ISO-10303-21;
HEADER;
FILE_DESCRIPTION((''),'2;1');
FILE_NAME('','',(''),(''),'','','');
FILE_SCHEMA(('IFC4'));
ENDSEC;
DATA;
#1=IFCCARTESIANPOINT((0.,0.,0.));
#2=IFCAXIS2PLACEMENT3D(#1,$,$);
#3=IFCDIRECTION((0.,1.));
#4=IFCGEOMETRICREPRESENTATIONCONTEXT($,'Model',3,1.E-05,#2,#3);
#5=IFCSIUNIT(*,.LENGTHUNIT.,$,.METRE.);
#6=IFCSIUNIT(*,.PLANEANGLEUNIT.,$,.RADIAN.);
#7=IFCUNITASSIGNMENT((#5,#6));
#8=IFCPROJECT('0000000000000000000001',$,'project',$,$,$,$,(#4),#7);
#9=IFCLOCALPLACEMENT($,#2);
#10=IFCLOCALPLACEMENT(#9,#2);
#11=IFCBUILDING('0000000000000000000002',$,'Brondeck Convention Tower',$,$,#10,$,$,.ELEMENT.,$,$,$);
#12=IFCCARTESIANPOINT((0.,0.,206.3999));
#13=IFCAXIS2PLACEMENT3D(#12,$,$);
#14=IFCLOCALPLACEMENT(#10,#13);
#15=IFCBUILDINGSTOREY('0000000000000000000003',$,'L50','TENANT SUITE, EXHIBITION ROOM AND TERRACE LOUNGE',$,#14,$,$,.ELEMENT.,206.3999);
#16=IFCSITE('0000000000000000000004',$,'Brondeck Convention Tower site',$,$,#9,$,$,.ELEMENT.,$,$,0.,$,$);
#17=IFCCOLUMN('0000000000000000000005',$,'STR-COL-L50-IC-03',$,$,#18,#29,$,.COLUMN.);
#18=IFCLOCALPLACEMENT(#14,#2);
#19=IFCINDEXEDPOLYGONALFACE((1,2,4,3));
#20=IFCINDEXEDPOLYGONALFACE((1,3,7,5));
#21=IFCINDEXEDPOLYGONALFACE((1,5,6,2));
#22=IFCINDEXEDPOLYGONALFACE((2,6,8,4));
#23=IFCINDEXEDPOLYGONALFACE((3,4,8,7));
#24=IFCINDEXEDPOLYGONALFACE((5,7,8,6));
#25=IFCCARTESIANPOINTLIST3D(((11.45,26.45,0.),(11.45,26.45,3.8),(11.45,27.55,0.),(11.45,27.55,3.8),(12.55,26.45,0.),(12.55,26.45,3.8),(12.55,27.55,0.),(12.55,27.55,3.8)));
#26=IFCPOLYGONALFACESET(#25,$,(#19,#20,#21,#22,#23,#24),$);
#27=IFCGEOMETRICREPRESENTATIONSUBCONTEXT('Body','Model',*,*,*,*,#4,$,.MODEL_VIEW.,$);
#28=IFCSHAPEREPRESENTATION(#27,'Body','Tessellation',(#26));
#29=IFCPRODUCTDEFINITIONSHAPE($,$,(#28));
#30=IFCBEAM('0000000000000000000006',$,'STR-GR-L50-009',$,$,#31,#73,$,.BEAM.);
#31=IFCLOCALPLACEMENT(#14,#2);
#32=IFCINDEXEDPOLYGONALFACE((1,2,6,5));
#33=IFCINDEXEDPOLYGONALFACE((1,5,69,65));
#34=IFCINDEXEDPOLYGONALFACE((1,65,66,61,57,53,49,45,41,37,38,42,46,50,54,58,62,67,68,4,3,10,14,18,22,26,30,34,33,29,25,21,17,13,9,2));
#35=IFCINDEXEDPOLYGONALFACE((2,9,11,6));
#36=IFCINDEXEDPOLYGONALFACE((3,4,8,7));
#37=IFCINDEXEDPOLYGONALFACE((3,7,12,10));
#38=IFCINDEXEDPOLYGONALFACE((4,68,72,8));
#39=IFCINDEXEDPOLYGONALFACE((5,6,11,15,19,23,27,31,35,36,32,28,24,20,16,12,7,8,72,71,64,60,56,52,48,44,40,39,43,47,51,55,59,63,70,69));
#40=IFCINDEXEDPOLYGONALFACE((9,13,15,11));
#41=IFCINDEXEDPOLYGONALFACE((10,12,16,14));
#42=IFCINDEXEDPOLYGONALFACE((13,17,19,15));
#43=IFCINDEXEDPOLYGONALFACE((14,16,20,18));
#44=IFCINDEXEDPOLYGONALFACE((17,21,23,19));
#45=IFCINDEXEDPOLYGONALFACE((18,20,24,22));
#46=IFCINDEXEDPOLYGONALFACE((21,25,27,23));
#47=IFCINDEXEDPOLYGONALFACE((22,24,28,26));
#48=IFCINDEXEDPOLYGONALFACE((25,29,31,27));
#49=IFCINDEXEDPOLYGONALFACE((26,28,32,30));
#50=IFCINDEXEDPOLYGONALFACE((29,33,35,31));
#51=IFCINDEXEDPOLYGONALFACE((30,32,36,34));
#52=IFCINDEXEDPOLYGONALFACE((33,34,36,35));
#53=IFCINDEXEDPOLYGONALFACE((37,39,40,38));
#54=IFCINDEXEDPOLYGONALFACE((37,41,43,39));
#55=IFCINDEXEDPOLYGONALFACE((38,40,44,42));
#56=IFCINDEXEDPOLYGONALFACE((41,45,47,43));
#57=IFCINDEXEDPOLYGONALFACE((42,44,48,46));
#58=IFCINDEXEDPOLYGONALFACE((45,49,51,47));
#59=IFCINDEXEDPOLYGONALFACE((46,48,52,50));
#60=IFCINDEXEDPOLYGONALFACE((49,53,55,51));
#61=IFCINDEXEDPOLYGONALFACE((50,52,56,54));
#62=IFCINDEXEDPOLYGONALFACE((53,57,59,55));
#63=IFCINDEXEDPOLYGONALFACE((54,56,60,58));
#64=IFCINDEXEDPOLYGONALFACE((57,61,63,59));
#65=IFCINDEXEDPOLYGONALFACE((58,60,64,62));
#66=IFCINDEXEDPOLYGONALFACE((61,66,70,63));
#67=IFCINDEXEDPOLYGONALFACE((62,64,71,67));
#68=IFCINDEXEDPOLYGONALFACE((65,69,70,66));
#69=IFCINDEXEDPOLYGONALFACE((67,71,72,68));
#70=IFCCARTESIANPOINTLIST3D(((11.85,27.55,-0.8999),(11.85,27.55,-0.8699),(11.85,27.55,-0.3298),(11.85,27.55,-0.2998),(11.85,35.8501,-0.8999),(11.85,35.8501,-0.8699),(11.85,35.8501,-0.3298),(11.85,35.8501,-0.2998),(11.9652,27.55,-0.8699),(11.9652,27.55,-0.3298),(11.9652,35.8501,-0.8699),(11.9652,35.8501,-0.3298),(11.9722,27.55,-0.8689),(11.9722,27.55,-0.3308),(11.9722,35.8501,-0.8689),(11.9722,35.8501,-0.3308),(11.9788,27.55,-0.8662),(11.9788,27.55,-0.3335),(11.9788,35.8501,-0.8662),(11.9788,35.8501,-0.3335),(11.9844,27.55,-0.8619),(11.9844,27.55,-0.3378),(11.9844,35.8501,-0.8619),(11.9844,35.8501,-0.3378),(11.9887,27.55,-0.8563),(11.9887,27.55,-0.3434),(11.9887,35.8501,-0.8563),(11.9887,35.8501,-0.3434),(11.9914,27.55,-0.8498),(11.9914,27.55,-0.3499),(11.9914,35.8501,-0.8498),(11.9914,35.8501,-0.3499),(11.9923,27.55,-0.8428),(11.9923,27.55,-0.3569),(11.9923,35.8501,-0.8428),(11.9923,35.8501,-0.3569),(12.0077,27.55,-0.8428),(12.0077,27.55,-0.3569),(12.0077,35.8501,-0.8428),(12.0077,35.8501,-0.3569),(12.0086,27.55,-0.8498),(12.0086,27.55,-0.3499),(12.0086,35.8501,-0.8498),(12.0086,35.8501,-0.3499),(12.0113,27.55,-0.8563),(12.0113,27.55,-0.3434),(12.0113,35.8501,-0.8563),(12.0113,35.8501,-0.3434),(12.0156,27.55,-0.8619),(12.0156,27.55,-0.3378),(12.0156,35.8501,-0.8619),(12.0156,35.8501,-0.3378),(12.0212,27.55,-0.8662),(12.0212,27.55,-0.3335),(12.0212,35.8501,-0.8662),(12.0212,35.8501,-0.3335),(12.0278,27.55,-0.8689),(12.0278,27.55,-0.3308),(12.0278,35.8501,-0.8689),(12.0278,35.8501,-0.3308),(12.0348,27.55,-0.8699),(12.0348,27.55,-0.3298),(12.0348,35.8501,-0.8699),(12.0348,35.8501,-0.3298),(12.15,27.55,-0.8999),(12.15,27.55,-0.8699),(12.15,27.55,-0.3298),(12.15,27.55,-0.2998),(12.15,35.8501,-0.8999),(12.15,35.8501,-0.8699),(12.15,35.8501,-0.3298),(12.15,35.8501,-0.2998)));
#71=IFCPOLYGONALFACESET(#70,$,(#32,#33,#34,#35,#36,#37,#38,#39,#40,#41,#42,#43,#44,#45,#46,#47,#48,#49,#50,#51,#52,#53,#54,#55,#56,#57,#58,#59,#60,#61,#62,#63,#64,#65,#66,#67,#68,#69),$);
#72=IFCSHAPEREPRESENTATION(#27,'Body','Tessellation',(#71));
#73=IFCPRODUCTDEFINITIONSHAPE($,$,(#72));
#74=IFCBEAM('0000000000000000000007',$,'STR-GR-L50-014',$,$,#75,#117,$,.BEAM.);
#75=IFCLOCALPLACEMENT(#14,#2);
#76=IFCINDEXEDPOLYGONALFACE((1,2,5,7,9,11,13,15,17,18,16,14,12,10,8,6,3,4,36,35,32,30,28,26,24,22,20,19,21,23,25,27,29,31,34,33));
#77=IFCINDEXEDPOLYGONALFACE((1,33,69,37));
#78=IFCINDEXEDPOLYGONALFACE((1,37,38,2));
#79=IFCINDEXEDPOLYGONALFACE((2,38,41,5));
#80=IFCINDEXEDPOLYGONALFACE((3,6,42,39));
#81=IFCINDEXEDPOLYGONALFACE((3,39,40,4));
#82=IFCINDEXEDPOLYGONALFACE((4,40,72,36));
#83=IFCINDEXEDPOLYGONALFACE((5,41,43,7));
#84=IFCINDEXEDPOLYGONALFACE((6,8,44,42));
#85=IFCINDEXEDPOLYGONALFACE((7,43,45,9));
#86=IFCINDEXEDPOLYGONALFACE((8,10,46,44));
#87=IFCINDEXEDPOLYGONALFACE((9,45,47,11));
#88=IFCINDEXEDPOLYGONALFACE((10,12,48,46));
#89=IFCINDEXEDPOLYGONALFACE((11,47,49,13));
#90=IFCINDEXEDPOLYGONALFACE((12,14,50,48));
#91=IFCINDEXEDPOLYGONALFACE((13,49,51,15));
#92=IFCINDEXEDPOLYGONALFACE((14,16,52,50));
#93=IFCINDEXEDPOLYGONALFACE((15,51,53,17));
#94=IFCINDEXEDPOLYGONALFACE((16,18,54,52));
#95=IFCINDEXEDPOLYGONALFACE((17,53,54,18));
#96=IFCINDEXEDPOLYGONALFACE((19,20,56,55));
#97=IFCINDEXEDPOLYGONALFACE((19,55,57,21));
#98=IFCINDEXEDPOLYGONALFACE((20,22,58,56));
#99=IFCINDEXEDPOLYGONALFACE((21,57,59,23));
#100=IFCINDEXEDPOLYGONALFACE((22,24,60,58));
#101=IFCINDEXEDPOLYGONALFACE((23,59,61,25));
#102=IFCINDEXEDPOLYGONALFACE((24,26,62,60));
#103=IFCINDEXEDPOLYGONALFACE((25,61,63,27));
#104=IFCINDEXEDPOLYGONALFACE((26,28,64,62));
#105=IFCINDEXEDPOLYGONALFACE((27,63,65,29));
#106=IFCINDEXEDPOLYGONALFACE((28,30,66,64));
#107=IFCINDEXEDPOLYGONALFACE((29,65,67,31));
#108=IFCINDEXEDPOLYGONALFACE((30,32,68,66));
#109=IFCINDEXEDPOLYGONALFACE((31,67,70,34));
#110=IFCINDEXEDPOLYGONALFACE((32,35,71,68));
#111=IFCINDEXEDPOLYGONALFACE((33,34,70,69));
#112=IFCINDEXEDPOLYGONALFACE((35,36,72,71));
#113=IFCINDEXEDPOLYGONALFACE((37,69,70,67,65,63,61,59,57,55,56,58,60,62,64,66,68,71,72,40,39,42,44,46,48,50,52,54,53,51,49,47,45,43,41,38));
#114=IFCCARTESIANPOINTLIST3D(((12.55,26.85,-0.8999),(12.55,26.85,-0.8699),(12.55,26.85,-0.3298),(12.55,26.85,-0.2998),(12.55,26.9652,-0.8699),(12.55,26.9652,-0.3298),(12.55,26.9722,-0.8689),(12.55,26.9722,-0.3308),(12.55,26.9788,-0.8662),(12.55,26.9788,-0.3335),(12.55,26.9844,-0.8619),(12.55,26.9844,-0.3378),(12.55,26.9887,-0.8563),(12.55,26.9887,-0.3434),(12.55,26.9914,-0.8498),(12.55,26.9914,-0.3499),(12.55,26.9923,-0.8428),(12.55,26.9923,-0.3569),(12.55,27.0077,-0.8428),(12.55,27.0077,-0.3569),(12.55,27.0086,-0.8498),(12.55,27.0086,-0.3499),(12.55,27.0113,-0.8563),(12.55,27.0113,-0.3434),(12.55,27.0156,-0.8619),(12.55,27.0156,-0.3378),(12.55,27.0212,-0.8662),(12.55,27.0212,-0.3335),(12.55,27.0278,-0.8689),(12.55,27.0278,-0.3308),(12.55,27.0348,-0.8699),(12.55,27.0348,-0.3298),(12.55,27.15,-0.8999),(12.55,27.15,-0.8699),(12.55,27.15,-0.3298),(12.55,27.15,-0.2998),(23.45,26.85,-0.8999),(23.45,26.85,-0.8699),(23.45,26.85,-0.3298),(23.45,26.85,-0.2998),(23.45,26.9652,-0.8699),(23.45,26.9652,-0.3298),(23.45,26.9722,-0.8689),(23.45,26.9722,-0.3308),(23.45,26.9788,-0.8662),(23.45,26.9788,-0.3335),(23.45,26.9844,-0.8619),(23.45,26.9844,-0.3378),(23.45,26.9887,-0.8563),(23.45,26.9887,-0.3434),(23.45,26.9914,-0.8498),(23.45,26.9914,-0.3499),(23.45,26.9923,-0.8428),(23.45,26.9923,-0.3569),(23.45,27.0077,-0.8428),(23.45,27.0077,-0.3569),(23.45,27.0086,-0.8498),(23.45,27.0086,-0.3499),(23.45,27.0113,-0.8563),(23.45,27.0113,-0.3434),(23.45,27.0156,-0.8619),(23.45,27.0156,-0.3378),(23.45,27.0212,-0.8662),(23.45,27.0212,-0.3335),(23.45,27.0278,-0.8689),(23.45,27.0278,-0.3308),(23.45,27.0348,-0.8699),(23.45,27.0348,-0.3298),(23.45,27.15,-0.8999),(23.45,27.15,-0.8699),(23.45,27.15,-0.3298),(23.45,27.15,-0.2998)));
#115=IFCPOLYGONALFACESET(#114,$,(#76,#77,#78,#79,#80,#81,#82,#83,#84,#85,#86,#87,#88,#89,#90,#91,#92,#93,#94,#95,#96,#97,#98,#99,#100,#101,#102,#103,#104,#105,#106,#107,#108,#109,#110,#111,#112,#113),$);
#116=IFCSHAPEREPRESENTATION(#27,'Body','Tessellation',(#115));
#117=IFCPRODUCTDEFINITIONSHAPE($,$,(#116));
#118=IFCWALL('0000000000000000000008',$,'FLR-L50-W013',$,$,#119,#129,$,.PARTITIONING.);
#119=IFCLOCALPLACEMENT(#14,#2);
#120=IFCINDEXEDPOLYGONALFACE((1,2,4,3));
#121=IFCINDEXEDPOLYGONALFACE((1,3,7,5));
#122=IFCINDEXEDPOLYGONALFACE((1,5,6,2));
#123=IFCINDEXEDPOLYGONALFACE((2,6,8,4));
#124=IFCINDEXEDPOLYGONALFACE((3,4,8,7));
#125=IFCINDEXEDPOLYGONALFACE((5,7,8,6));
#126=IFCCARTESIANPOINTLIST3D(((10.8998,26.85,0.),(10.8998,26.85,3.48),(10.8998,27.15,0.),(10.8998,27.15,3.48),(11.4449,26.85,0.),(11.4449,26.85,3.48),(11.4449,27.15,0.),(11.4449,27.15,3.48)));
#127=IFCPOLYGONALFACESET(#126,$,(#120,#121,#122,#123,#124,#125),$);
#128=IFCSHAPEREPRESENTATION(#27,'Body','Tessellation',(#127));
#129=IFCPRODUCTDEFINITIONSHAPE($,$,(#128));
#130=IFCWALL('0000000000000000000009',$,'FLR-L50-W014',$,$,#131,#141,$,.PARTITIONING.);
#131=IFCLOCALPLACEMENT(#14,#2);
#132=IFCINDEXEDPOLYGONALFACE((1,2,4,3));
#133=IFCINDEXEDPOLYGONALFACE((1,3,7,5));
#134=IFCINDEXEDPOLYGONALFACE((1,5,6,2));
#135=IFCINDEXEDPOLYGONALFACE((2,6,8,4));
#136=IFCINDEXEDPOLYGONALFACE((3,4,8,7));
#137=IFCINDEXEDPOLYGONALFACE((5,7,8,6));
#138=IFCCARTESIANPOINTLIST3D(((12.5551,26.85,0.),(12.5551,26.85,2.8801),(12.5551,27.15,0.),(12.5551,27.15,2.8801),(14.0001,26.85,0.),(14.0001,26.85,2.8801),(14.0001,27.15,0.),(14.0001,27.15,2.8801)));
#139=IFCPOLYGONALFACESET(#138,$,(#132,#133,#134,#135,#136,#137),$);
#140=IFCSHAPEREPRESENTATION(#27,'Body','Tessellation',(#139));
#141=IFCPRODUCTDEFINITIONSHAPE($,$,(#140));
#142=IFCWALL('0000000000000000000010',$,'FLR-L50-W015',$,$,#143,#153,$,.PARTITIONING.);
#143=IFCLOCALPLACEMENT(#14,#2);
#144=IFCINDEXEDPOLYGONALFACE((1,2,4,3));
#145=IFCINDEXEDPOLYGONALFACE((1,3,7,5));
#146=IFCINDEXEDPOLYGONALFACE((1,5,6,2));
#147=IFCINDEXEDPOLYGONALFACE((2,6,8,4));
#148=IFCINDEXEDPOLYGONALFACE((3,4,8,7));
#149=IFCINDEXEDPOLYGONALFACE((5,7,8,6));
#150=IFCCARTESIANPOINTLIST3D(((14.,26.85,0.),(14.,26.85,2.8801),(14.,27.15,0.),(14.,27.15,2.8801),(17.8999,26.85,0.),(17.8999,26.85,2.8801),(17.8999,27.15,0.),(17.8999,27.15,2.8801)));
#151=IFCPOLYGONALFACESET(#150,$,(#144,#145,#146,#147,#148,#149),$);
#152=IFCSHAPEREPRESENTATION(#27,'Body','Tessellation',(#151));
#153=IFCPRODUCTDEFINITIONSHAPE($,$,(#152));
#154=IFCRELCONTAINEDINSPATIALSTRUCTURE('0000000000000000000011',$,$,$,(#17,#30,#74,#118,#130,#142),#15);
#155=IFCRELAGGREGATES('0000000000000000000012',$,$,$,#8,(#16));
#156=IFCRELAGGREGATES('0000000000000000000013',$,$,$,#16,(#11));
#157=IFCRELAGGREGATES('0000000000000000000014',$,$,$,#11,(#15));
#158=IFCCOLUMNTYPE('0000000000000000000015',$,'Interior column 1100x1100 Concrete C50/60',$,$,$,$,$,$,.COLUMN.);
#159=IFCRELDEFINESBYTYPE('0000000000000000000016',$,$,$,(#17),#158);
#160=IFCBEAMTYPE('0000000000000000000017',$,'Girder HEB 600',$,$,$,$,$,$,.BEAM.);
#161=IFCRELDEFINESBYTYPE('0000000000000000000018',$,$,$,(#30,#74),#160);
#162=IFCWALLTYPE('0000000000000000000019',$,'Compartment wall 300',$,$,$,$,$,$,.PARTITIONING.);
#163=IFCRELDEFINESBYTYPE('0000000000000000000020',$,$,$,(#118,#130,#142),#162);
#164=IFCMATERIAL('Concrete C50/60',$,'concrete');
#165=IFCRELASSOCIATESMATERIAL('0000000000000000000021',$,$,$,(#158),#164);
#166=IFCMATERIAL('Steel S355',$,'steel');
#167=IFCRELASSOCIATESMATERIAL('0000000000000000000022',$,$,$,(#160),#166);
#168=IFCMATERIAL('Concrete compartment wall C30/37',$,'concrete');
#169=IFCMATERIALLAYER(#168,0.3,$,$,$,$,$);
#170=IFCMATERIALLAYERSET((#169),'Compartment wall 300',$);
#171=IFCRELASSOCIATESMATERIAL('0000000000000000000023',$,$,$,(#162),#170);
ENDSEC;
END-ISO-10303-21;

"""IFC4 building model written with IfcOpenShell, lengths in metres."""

from ifc_helpers import new_model, si_unit, direction, frame, frame_2d, origin, origin_2d, place, context, subcontext, project, spatial, rectangle, i_section, extrude, material, layer, layer_set, material_profile, profile_set, type_object, element, save


model = new_model("IFC4")

# Units and contexts
model_context = context("Model", 3, precision=1e-05, world=origin(), true_north=direction((0.0, 1.0)))
body_context = subcontext(model_context, "Body", "Model", "MODEL_VIEW")
ifc_project = project(units=[si_unit("LENGTHUNIT", "METRE"), si_unit("PLANEANGLEUNIT", "RADIAN")], contexts=[model_context])

# Site, building, storey
site_placement = place(None, origin())
site = spatial("IfcSite", under=ifc_project, at=site_placement, Name="Brondeck Convention Tower site", CompositionType="ELEMENT", RefElevation=0.0)
building_placement = place(site_placement, origin())
building = spatial("IfcBuilding", under=site, at=building_placement, Name="Brondeck Convention Tower", CompositionType="ELEMENT")
storey_placement = place(building_placement, frame((0.0, 0.0, 206.3999)))
storey = spatial("IfcBuildingStorey", under=building, at=storey_placement, Name="L50", Description="TENANT SUITE, EXHIBITION ROOM AND TERRACE LOUNGE", CompositionType="ELEMENT", Elevation=206.3999)

# Column
ifc_material_1 = material(Name="Concrete C50/60", Category="concrete")
ifc_material_profile_1 = material_profile(ifc_material_1, rectangle(XDim=1.1001, YDim=1.1001, at=origin_2d()), Name="Interior column 1100x1100 Concrete C50/60")
ifc_profile_set_1 = profile_set([ifc_material_profile_1], Name="Concrete C50/60")
column_type = type_object("IfcColumnType", Name="Interior column 1100x1100 Concrete C50/60", PredefinedType="COLUMN", material=ifc_profile_set_1)
column_placement = place(storey_placement, frame((12.0, 27.0, 0.0), z_axis=(0.0, 0.0, 1.0), x_axis=(1.0, 0.0, 0.0)))
element("IfcColumn", 1, at=column_placement, inside=storey, type_object=column_type, Name="STR-COL-L50-IC-03", PredefinedType="COLUMN", context=body_context, shape_type="SweptSolid", body=[
    extrude(rectangle(XDim=1.1001, YDim=1.1001, at=origin_2d()), origin(), (0.0, 0.0, 1.0), 3.8),
])

# Beams
ifc_material_2 = material(Name="Steel S355", Category="steel")
ifc_material_profile_2 = material_profile(ifc_material_2, i_section(OverallWidth=0.3, OverallDepth=0.6001, WebThickness=0.0154, FlangeThickness=0.03, FilletRadius=0.0271, at=origin_2d()), Name="HEB 600")
ifc_profile_set_2 = profile_set([ifc_material_profile_2], Name="Steel S355")
beam_type = type_object("IfcBeamType", Name="Girder HEB 600", PredefinedType="BEAM", material=ifc_profile_set_2)
beam_1_placement = place(storey_placement, frame((12.0, 35.8501, -0.5999), z_axis=(0.0, -1.0, 0.0), x_axis=(1.0, 0.0, 0.0)))
element("IfcBeam", 2, at=beam_1_placement, inside=storey, type_object=beam_type, Name="STR-GR-L50-009", PredefinedType="BEAM", context=body_context, shape_type="SweptSolid", body=[
    extrude(i_section(OverallWidth=0.3, OverallDepth=0.6001, WebThickness=0.0154, FlangeThickness=0.03, FilletRadius=0.0271, at=origin_2d()), origin(), (0.0, 0.0, 1.0), 8.3),
])
beam_2_placement = place(storey_placement, frame((12.55, 27.0, -0.5999), z_axis=(1.0, 0.0, 0.0), x_axis=(0.0, 1.0, 0.0)))
element("IfcBeam", 3, at=beam_2_placement, inside=storey, type_object=beam_type, Name="STR-GR-L50-014", PredefinedType="BEAM", context=body_context, shape_type="SweptSolid", body=[
    extrude(i_section(OverallWidth=0.3, OverallDepth=0.6001, WebThickness=0.0154, FlangeThickness=0.03, FilletRadius=0.0271, at=origin_2d()), origin(), (0.0, 0.0, 1.0), 10.8999),
])

# Walls
ifc_material_3 = material(Name="Concrete compartment wall C30/37", Category="concrete")
ifc_layer_1 = layer(ifc_material_3, 0.3)
ifc_layer_set_1 = layer_set([ifc_layer_1], Name="Compartment wall 300")
wall_type_1 = type_object("IfcWallType", Name="Compartment wall 300", PredefinedType="PARTITIONING", material=ifc_layer_set_1)
wall_1_placement = place(storey_placement, frame((10.8999, 27.0, 0.0), z_axis=(0.0, 0.0, 1.0), x_axis=(1.0, 0.0, 0.0)))
element("IfcWall", 4, at=wall_1_placement, inside=storey, type_object=wall_type_1, Name="FLR-L50-W013", PredefinedType="PARTITIONING", context=body_context, shape_type="SweptSolid", body=[
    extrude(rectangle(XDim=0.5452, YDim=0.3, at=frame_2d((0.2725, 0.0))), origin(), (0.0, 0.0, 1.0), 3.48),
])
wall_2_placement = place(storey_placement, frame((12.5549, 27.0, 0.0), z_axis=(0.0, 0.0, 1.0), x_axis=(1.0, 0.0, 0.0)))
element("IfcWall", 5, at=wall_2_placement, inside=storey, type_object=wall_type_1, Name="FLR-L50-W014", PredefinedType="PARTITIONING", context=body_context, shape_type="SweptSolid", body=[
    extrude(rectangle(XDim=1.4451, YDim=0.3, at=frame_2d((0.7227, 0.0))), origin(), (0.0, 0.0, 1.0), 2.8801),
])
wall_3_placement = place(storey_placement, frame((14.0, 27.0, 0.0), z_axis=(0.0, 0.0, 1.0), x_axis=(1.0, 0.0, 0.0)))
element("IfcWall", 6, at=wall_3_placement, inside=storey, type_object=wall_type_1, Name="FLR-L50-W015", PredefinedType="PARTITIONING", context=body_context, shape_type="SweptSolid", body=[
    extrude(rectangle(XDim=3.8999, YDim=0.3, at=frame_2d((1.95, 0.0))), origin(), (0.0, 0.0, 1.0), 2.8801),
])

save(model, "model.ifc")
